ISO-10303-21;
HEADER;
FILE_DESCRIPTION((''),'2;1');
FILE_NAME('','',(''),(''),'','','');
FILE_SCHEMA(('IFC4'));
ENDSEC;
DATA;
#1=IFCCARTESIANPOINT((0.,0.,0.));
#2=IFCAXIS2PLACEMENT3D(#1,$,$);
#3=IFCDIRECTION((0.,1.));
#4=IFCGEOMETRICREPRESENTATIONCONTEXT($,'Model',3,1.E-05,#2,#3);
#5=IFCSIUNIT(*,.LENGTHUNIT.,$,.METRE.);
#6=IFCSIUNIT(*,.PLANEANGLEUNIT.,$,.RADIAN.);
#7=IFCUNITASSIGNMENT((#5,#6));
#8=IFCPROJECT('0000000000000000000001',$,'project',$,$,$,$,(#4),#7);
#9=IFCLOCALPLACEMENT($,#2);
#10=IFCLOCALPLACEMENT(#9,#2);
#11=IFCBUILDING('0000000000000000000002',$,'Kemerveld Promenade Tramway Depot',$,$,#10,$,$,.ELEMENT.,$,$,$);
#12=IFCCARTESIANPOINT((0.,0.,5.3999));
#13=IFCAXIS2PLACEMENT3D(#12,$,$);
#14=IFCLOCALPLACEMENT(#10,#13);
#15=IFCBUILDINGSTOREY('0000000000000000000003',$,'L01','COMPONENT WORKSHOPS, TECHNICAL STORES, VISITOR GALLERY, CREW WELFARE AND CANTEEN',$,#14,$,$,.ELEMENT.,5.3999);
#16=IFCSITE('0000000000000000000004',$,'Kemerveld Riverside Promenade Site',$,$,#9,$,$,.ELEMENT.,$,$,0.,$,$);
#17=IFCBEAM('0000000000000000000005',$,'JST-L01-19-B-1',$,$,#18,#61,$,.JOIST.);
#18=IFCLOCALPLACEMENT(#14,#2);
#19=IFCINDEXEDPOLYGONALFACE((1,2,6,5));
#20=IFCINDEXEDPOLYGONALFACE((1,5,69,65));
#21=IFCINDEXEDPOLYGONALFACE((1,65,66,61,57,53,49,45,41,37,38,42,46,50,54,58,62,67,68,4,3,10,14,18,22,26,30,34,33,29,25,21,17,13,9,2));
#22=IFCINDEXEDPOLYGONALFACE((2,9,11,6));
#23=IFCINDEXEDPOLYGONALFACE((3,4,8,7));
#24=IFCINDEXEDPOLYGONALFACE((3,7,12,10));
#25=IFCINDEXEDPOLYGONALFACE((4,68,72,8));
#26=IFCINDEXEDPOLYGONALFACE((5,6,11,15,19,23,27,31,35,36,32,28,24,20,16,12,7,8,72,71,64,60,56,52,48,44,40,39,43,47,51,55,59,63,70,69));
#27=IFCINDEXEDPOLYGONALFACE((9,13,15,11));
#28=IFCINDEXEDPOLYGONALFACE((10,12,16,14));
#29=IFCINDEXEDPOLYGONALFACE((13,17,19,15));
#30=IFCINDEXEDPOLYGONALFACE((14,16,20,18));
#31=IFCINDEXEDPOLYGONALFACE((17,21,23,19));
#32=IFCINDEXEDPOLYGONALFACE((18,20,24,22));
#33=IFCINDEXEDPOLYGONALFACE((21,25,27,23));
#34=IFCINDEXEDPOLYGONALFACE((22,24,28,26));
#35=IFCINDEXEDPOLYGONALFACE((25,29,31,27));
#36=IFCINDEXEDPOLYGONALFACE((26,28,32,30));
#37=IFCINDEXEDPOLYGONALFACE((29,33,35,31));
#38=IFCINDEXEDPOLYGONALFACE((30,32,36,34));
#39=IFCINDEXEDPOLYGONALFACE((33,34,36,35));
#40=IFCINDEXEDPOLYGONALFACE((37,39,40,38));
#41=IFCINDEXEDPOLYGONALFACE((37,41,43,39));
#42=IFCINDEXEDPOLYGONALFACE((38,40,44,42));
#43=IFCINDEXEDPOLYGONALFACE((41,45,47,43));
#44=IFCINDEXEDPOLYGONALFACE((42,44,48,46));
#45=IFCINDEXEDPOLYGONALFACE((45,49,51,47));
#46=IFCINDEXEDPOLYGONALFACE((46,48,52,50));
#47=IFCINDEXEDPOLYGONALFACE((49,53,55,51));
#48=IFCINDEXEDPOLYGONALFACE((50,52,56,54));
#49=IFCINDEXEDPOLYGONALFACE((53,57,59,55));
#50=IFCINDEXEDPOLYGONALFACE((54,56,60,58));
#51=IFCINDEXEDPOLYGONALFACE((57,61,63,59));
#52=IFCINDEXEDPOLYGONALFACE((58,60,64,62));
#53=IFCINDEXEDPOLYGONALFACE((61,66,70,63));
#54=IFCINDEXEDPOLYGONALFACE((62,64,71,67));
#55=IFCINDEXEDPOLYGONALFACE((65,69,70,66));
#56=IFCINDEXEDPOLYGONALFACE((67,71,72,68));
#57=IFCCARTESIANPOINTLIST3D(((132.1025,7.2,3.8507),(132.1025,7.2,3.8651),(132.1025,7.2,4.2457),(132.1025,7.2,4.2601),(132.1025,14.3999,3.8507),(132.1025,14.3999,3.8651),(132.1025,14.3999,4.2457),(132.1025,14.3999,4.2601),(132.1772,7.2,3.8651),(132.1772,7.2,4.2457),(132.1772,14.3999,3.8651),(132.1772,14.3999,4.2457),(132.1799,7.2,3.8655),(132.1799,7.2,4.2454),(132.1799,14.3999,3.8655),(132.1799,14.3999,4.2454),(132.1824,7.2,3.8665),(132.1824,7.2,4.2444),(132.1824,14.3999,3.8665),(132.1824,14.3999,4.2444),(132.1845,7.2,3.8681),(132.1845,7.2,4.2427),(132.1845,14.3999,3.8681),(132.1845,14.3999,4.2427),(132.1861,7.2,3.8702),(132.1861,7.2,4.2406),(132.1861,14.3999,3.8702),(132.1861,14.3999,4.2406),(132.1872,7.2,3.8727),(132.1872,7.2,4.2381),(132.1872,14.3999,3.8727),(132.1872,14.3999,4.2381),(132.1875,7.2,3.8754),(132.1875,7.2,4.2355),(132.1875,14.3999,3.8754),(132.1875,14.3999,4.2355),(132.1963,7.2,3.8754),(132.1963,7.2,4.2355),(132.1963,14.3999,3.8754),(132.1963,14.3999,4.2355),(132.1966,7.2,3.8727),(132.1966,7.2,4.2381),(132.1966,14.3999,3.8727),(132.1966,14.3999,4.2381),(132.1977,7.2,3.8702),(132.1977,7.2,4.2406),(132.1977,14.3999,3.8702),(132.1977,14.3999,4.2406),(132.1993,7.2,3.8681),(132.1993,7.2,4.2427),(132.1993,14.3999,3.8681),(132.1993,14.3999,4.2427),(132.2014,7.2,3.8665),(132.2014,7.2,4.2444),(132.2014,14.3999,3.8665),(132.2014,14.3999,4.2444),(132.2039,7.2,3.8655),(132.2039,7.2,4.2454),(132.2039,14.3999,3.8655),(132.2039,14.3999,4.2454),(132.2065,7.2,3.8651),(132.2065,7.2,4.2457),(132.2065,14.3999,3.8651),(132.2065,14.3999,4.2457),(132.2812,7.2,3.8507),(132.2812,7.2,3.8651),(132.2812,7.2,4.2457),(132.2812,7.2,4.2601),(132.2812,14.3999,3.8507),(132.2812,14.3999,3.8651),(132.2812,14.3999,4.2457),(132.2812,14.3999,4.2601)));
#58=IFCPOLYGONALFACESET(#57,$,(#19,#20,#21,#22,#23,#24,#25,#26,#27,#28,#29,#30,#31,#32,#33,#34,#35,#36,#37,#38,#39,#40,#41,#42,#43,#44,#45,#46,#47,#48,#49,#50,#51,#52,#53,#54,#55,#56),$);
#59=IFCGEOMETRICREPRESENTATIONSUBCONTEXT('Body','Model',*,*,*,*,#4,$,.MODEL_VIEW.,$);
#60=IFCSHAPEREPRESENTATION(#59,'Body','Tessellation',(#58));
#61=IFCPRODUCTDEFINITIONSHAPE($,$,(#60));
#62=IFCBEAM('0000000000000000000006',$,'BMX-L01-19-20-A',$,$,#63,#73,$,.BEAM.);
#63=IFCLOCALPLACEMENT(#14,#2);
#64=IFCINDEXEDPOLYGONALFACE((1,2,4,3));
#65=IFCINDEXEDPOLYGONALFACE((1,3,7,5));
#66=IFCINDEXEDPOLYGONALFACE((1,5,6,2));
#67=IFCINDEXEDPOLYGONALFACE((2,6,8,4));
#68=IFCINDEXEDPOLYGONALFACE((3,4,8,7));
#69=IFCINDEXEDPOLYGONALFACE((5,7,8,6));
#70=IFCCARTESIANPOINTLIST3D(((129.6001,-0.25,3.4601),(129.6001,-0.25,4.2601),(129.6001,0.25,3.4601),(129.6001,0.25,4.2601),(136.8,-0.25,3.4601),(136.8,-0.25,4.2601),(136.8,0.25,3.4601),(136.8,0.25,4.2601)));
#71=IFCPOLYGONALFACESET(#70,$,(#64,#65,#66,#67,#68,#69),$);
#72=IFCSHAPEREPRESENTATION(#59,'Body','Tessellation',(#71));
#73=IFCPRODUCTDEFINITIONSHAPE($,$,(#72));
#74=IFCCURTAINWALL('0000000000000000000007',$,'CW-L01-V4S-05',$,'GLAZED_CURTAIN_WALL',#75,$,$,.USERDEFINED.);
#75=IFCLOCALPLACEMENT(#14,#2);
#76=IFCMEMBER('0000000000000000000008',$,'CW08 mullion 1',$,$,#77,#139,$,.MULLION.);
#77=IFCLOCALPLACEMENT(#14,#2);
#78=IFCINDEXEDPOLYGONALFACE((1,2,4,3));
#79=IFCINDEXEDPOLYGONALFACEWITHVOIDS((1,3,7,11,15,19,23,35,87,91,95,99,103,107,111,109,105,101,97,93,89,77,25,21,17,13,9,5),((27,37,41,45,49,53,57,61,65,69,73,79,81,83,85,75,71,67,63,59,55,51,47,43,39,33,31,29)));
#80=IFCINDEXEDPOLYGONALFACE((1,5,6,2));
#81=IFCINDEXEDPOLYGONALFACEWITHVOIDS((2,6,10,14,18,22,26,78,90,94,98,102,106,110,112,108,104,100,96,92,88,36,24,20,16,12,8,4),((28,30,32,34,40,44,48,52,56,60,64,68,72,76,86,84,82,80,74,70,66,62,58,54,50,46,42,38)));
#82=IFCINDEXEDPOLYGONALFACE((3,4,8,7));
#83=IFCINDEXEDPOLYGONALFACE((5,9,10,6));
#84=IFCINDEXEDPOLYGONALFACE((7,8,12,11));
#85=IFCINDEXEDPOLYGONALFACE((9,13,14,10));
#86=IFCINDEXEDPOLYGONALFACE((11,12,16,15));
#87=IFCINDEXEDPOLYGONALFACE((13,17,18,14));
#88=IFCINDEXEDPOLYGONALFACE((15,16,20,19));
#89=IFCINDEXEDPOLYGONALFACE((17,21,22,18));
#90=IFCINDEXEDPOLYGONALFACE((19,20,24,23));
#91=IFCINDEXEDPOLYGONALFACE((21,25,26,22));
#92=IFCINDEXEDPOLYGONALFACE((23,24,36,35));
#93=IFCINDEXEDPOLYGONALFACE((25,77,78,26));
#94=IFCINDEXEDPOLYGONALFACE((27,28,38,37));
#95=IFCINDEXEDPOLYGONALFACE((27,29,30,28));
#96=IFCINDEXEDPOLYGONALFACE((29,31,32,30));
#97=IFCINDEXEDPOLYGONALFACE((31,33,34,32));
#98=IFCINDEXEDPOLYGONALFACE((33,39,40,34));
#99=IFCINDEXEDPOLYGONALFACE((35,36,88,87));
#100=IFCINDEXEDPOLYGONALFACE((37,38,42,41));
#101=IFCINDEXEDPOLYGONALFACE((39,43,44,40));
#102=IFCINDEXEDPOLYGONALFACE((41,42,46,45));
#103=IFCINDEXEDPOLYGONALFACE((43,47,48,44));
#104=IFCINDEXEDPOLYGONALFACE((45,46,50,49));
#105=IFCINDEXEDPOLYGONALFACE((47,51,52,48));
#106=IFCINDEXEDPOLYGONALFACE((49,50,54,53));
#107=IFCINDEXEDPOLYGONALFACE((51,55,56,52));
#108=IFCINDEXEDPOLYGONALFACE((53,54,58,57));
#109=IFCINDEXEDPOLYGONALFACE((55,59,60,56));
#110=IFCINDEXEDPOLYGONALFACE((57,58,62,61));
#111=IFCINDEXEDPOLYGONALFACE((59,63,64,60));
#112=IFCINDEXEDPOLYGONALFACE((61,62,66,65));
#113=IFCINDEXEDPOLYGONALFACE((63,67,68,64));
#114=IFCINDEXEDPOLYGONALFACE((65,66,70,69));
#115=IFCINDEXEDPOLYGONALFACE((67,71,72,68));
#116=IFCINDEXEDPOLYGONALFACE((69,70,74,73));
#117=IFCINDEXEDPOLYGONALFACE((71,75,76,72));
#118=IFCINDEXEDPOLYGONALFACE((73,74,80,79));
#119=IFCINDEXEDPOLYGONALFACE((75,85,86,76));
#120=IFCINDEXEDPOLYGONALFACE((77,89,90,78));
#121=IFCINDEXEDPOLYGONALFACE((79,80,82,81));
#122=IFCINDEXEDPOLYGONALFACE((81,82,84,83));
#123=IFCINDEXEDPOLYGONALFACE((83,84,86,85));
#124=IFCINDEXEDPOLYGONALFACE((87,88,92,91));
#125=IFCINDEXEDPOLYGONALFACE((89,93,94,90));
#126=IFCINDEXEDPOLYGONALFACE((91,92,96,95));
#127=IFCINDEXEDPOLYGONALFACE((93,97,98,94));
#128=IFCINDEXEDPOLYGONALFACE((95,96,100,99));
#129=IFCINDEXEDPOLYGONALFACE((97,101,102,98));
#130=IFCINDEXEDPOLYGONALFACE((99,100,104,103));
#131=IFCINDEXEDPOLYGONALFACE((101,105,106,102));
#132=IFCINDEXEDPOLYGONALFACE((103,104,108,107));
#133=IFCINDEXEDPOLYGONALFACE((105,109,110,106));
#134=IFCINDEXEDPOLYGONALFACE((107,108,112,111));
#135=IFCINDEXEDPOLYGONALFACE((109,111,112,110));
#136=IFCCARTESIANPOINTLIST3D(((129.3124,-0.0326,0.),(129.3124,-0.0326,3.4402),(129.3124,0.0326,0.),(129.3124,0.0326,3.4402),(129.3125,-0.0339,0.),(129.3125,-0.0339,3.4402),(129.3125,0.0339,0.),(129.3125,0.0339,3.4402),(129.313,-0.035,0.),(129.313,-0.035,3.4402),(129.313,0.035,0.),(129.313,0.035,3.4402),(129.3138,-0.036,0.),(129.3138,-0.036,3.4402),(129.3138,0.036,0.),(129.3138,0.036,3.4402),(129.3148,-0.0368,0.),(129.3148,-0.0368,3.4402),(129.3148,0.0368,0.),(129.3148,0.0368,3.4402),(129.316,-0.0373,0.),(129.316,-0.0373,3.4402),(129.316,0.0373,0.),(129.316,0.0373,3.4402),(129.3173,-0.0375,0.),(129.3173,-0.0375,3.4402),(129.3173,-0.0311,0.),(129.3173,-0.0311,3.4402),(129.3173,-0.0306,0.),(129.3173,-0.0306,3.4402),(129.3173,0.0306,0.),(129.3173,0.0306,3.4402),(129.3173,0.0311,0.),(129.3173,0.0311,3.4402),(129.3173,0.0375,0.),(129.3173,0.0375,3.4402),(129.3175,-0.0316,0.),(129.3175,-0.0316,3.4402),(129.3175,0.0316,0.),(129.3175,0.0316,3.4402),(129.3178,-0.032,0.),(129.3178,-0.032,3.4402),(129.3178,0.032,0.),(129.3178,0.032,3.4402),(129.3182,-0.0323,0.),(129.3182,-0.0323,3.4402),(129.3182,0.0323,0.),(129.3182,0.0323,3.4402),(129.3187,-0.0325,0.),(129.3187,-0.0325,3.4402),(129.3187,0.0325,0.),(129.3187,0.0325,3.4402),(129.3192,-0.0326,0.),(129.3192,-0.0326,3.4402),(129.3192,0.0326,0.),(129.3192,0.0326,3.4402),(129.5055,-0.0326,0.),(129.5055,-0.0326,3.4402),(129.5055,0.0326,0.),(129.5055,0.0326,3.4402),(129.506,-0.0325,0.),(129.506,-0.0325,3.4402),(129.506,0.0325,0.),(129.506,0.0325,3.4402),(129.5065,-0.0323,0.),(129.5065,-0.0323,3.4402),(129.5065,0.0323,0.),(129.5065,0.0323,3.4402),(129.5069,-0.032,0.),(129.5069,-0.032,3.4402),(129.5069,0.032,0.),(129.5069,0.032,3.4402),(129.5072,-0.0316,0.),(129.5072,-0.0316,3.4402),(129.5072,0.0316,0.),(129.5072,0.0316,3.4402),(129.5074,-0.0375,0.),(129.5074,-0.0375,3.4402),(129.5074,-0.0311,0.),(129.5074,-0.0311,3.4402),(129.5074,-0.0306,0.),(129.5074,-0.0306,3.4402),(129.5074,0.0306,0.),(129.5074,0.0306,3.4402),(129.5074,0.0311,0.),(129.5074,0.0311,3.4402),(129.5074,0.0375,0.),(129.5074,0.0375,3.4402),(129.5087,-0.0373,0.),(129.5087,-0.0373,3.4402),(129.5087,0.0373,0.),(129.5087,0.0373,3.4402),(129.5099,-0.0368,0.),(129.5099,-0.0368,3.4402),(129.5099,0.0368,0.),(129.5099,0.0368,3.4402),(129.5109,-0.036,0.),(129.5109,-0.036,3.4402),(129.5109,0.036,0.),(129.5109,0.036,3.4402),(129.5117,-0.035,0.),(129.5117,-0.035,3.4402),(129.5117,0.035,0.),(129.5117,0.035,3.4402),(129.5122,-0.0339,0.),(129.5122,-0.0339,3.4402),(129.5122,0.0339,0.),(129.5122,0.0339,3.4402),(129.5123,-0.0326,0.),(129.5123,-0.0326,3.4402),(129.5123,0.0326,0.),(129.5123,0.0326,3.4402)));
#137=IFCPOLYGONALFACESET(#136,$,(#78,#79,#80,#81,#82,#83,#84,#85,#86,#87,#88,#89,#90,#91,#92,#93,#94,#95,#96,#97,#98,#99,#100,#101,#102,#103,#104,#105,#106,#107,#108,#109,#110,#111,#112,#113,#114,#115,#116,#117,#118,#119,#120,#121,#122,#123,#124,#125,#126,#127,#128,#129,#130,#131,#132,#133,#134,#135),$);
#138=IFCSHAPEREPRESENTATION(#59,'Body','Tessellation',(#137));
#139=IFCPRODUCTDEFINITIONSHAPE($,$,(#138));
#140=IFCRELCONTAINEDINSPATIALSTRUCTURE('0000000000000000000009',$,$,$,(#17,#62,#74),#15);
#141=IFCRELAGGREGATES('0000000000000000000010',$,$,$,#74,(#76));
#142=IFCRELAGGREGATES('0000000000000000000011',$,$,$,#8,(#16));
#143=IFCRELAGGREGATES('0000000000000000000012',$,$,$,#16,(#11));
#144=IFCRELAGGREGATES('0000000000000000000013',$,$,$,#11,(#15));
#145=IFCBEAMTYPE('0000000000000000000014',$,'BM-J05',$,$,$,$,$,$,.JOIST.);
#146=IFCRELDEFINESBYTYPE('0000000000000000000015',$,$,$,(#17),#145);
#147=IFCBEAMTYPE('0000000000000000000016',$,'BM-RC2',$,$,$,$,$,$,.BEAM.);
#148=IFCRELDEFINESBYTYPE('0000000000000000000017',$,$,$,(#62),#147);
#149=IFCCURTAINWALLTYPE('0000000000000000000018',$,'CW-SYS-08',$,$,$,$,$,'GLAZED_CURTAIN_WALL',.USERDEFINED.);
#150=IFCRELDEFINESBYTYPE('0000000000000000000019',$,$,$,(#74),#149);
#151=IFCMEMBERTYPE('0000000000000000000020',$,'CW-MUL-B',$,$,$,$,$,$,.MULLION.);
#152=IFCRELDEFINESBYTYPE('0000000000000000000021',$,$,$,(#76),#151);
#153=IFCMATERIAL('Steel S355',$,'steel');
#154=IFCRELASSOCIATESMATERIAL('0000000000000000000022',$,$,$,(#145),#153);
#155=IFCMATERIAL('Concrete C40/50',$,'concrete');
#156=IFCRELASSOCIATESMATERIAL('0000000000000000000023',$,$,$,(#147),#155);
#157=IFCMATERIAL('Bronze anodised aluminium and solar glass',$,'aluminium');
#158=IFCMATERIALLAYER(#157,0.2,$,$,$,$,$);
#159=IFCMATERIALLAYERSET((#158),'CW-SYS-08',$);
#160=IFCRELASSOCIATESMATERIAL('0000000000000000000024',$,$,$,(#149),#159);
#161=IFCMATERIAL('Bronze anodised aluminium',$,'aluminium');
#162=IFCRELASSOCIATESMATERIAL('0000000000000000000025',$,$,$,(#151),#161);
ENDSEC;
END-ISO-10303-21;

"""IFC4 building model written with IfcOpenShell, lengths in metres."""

from ifc_helpers import new_model, si_unit, direction, frame, origin, origin_2d, place, context, subcontext, project, spatial, rectangle, hollow_rectangle, i_section, extrude, material, layer, layer_set, material_profile, profile_set, type_object, element, aggregate, save


model = new_model("IFC4")

# Units and contexts
model_context = context("Model", 3, precision=1e-05, world=origin(), true_north=direction((0.0, 1.0)))
body_context = subcontext(model_context, "Body", "Model", "MODEL_VIEW")
ifc_project = project(units=[si_unit("LENGTHUNIT", "METRE"), si_unit("PLANEANGLEUNIT", "RADIAN")], contexts=[model_context])

# Site, building, storey
site_placement = place(None, origin())
site = spatial("IfcSite", under=ifc_project, at=site_placement, Name="Kemerveld Riverside Promenade Site", CompositionType="ELEMENT", RefElevation=0.0)
building_placement = place(site_placement, origin())
building = spatial("IfcBuilding", under=site, at=building_placement, Name="Kemerveld Promenade Tramway Depot", CompositionType="ELEMENT")
storey_placement = place(building_placement, frame((0.0, 0.0, 5.3999)))
storey = spatial("IfcBuildingStorey", under=building, at=storey_placement, Name="L01", Description="COMPONENT WORKSHOPS, TECHNICAL STORES, VISITOR GALLERY, CREW WELFARE AND CANTEEN", CompositionType="ELEMENT", Elevation=5.3999)

# Shared definitions
ifc_material_1 = material(Name="Steel S355", Category="steel")

# Beams
ifc_material_profile_1 = material_profile(ifc_material_1, i_section(OverallWidth=0.1787, OverallDepth=0.4094, WebThickness=0.0088, FlangeThickness=0.0144, FilletRadius=0.0103, at=origin_2d()), Name="406x178x67 UB")
ifc_profile_set_1 = profile_set([ifc_material_profile_1], Name="Steel S355")
beam_type_1 = type_object("IfcBeamType", Name="BM-J05", PredefinedType="JOIST", material=ifc_profile_set_1)
beam_1_placement = place(storey_placement, frame((132.1919, 7.2, 4.0554), z_axis=(0.0, 1.0, 0.0), x_axis=(-1.0, 0.0, 0.0)))
element("IfcBeam", 1, at=beam_1_placement, inside=storey, type_object=beam_type_1, Name="JST-L01-19-B-1", PredefinedType="JOIST", context=body_context, shape_type="SweptSolid", body=[
    extrude(i_section(OverallWidth=0.1787, OverallDepth=0.4094, WebThickness=0.0088, FlangeThickness=0.0144, FilletRadius=0.0103, at=origin_2d()), origin(), (0.0, 0.0, 1.0), 7.2),
])
ifc_material_2 = material(Name="Concrete C40/50", Category="concrete")
ifc_material_profile_2 = material_profile(ifc_material_2, rectangle(XDim=0.5, YDim=0.8, at=origin_2d()), Name="RC-BM-500x800")
ifc_profile_set_2 = profile_set([ifc_material_profile_2], Name="Concrete C40/50")
beam_type_2 = type_object("IfcBeamType", Name="BM-RC2", PredefinedType="BEAM", material=ifc_profile_set_2)
beam_2_placement = place(storey_placement, frame((129.6001, 0.0, 3.8601), z_axis=(1.0, 0.0, 0.0), x_axis=(0.0, 1.0, 0.0)))
element("IfcBeam", 2, at=beam_2_placement, inside=storey, type_object=beam_type_2, Name="BMX-L01-19-20-A", PredefinedType="BEAM", context=body_context, shape_type="SweptSolid", body=[
    extrude(rectangle(XDim=0.5, YDim=0.8, at=origin_2d()), origin(), (0.0, 0.0, 1.0), 7.2),
])

# Curtain wall, member
ifc_material_3 = material(Name="Bronze anodised aluminium and solar glass", Category="aluminium")
ifc_layer_1 = layer(ifc_material_3, 0.2)
ifc_layer_set_1 = layer_set([ifc_layer_1], Name="CW-SYS-08")
curtain_wall_type = type_object("IfcCurtainWallType", Name="CW-SYS-08", ElementType="GLAZED_CURTAIN_WALL", PredefinedType="USERDEFINED", material=ifc_layer_set_1)
curtain_wall_placement = place(storey_placement, origin())
curtain_wall = element("IfcCurtainWall", 3, at=curtain_wall_placement, inside=storey, type_object=curtain_wall_type, Name="CW-L01-V4S-05", ObjectType="GLAZED_CURTAIN_WALL", PredefinedType="USERDEFINED")
ifc_material_4 = material(Name="Bronze anodised aluminium", Category="aluminium")
ifc_material_profile_3 = material_profile(ifc_material_4, hollow_rectangle(XDim=0.075, YDim=0.2, WallThickness=0.0049, InnerFilletRadius=0.002, OuterFilletRadius=0.0049, at=origin_2d()), Name="CW-MUL-200x75")
ifc_profile_set_3 = profile_set([ifc_material_profile_3], Name="Bronze anodised aluminium")
member_type_1 = type_object("IfcMemberType", Name="CW-MUL-B", PredefinedType="MULLION", material=ifc_profile_set_3)
member_1_placement = place(storey_placement, frame((129.4124, 0.0, 0.0), z_axis=(0.0, 0.0, 1.0), x_axis=(0.0, -1.0, 0.0)))
member_1 = element("IfcMember", 4, at=member_1_placement, type_object=member_type_1, Name="CW08 mullion 1", PredefinedType="MULLION", context=body_context, shape_type="SweptSolid", body=[
    extrude(hollow_rectangle(XDim=0.075, YDim=0.2, WallThickness=0.0049, InnerFilletRadius=0.002, OuterFilletRadius=0.0049, at=origin_2d()), origin(), (0.0, 0.0, 1.0), 3.4402),
])
aggregate(curtain_wall, [member_1])

save(model, "model.ifc")
